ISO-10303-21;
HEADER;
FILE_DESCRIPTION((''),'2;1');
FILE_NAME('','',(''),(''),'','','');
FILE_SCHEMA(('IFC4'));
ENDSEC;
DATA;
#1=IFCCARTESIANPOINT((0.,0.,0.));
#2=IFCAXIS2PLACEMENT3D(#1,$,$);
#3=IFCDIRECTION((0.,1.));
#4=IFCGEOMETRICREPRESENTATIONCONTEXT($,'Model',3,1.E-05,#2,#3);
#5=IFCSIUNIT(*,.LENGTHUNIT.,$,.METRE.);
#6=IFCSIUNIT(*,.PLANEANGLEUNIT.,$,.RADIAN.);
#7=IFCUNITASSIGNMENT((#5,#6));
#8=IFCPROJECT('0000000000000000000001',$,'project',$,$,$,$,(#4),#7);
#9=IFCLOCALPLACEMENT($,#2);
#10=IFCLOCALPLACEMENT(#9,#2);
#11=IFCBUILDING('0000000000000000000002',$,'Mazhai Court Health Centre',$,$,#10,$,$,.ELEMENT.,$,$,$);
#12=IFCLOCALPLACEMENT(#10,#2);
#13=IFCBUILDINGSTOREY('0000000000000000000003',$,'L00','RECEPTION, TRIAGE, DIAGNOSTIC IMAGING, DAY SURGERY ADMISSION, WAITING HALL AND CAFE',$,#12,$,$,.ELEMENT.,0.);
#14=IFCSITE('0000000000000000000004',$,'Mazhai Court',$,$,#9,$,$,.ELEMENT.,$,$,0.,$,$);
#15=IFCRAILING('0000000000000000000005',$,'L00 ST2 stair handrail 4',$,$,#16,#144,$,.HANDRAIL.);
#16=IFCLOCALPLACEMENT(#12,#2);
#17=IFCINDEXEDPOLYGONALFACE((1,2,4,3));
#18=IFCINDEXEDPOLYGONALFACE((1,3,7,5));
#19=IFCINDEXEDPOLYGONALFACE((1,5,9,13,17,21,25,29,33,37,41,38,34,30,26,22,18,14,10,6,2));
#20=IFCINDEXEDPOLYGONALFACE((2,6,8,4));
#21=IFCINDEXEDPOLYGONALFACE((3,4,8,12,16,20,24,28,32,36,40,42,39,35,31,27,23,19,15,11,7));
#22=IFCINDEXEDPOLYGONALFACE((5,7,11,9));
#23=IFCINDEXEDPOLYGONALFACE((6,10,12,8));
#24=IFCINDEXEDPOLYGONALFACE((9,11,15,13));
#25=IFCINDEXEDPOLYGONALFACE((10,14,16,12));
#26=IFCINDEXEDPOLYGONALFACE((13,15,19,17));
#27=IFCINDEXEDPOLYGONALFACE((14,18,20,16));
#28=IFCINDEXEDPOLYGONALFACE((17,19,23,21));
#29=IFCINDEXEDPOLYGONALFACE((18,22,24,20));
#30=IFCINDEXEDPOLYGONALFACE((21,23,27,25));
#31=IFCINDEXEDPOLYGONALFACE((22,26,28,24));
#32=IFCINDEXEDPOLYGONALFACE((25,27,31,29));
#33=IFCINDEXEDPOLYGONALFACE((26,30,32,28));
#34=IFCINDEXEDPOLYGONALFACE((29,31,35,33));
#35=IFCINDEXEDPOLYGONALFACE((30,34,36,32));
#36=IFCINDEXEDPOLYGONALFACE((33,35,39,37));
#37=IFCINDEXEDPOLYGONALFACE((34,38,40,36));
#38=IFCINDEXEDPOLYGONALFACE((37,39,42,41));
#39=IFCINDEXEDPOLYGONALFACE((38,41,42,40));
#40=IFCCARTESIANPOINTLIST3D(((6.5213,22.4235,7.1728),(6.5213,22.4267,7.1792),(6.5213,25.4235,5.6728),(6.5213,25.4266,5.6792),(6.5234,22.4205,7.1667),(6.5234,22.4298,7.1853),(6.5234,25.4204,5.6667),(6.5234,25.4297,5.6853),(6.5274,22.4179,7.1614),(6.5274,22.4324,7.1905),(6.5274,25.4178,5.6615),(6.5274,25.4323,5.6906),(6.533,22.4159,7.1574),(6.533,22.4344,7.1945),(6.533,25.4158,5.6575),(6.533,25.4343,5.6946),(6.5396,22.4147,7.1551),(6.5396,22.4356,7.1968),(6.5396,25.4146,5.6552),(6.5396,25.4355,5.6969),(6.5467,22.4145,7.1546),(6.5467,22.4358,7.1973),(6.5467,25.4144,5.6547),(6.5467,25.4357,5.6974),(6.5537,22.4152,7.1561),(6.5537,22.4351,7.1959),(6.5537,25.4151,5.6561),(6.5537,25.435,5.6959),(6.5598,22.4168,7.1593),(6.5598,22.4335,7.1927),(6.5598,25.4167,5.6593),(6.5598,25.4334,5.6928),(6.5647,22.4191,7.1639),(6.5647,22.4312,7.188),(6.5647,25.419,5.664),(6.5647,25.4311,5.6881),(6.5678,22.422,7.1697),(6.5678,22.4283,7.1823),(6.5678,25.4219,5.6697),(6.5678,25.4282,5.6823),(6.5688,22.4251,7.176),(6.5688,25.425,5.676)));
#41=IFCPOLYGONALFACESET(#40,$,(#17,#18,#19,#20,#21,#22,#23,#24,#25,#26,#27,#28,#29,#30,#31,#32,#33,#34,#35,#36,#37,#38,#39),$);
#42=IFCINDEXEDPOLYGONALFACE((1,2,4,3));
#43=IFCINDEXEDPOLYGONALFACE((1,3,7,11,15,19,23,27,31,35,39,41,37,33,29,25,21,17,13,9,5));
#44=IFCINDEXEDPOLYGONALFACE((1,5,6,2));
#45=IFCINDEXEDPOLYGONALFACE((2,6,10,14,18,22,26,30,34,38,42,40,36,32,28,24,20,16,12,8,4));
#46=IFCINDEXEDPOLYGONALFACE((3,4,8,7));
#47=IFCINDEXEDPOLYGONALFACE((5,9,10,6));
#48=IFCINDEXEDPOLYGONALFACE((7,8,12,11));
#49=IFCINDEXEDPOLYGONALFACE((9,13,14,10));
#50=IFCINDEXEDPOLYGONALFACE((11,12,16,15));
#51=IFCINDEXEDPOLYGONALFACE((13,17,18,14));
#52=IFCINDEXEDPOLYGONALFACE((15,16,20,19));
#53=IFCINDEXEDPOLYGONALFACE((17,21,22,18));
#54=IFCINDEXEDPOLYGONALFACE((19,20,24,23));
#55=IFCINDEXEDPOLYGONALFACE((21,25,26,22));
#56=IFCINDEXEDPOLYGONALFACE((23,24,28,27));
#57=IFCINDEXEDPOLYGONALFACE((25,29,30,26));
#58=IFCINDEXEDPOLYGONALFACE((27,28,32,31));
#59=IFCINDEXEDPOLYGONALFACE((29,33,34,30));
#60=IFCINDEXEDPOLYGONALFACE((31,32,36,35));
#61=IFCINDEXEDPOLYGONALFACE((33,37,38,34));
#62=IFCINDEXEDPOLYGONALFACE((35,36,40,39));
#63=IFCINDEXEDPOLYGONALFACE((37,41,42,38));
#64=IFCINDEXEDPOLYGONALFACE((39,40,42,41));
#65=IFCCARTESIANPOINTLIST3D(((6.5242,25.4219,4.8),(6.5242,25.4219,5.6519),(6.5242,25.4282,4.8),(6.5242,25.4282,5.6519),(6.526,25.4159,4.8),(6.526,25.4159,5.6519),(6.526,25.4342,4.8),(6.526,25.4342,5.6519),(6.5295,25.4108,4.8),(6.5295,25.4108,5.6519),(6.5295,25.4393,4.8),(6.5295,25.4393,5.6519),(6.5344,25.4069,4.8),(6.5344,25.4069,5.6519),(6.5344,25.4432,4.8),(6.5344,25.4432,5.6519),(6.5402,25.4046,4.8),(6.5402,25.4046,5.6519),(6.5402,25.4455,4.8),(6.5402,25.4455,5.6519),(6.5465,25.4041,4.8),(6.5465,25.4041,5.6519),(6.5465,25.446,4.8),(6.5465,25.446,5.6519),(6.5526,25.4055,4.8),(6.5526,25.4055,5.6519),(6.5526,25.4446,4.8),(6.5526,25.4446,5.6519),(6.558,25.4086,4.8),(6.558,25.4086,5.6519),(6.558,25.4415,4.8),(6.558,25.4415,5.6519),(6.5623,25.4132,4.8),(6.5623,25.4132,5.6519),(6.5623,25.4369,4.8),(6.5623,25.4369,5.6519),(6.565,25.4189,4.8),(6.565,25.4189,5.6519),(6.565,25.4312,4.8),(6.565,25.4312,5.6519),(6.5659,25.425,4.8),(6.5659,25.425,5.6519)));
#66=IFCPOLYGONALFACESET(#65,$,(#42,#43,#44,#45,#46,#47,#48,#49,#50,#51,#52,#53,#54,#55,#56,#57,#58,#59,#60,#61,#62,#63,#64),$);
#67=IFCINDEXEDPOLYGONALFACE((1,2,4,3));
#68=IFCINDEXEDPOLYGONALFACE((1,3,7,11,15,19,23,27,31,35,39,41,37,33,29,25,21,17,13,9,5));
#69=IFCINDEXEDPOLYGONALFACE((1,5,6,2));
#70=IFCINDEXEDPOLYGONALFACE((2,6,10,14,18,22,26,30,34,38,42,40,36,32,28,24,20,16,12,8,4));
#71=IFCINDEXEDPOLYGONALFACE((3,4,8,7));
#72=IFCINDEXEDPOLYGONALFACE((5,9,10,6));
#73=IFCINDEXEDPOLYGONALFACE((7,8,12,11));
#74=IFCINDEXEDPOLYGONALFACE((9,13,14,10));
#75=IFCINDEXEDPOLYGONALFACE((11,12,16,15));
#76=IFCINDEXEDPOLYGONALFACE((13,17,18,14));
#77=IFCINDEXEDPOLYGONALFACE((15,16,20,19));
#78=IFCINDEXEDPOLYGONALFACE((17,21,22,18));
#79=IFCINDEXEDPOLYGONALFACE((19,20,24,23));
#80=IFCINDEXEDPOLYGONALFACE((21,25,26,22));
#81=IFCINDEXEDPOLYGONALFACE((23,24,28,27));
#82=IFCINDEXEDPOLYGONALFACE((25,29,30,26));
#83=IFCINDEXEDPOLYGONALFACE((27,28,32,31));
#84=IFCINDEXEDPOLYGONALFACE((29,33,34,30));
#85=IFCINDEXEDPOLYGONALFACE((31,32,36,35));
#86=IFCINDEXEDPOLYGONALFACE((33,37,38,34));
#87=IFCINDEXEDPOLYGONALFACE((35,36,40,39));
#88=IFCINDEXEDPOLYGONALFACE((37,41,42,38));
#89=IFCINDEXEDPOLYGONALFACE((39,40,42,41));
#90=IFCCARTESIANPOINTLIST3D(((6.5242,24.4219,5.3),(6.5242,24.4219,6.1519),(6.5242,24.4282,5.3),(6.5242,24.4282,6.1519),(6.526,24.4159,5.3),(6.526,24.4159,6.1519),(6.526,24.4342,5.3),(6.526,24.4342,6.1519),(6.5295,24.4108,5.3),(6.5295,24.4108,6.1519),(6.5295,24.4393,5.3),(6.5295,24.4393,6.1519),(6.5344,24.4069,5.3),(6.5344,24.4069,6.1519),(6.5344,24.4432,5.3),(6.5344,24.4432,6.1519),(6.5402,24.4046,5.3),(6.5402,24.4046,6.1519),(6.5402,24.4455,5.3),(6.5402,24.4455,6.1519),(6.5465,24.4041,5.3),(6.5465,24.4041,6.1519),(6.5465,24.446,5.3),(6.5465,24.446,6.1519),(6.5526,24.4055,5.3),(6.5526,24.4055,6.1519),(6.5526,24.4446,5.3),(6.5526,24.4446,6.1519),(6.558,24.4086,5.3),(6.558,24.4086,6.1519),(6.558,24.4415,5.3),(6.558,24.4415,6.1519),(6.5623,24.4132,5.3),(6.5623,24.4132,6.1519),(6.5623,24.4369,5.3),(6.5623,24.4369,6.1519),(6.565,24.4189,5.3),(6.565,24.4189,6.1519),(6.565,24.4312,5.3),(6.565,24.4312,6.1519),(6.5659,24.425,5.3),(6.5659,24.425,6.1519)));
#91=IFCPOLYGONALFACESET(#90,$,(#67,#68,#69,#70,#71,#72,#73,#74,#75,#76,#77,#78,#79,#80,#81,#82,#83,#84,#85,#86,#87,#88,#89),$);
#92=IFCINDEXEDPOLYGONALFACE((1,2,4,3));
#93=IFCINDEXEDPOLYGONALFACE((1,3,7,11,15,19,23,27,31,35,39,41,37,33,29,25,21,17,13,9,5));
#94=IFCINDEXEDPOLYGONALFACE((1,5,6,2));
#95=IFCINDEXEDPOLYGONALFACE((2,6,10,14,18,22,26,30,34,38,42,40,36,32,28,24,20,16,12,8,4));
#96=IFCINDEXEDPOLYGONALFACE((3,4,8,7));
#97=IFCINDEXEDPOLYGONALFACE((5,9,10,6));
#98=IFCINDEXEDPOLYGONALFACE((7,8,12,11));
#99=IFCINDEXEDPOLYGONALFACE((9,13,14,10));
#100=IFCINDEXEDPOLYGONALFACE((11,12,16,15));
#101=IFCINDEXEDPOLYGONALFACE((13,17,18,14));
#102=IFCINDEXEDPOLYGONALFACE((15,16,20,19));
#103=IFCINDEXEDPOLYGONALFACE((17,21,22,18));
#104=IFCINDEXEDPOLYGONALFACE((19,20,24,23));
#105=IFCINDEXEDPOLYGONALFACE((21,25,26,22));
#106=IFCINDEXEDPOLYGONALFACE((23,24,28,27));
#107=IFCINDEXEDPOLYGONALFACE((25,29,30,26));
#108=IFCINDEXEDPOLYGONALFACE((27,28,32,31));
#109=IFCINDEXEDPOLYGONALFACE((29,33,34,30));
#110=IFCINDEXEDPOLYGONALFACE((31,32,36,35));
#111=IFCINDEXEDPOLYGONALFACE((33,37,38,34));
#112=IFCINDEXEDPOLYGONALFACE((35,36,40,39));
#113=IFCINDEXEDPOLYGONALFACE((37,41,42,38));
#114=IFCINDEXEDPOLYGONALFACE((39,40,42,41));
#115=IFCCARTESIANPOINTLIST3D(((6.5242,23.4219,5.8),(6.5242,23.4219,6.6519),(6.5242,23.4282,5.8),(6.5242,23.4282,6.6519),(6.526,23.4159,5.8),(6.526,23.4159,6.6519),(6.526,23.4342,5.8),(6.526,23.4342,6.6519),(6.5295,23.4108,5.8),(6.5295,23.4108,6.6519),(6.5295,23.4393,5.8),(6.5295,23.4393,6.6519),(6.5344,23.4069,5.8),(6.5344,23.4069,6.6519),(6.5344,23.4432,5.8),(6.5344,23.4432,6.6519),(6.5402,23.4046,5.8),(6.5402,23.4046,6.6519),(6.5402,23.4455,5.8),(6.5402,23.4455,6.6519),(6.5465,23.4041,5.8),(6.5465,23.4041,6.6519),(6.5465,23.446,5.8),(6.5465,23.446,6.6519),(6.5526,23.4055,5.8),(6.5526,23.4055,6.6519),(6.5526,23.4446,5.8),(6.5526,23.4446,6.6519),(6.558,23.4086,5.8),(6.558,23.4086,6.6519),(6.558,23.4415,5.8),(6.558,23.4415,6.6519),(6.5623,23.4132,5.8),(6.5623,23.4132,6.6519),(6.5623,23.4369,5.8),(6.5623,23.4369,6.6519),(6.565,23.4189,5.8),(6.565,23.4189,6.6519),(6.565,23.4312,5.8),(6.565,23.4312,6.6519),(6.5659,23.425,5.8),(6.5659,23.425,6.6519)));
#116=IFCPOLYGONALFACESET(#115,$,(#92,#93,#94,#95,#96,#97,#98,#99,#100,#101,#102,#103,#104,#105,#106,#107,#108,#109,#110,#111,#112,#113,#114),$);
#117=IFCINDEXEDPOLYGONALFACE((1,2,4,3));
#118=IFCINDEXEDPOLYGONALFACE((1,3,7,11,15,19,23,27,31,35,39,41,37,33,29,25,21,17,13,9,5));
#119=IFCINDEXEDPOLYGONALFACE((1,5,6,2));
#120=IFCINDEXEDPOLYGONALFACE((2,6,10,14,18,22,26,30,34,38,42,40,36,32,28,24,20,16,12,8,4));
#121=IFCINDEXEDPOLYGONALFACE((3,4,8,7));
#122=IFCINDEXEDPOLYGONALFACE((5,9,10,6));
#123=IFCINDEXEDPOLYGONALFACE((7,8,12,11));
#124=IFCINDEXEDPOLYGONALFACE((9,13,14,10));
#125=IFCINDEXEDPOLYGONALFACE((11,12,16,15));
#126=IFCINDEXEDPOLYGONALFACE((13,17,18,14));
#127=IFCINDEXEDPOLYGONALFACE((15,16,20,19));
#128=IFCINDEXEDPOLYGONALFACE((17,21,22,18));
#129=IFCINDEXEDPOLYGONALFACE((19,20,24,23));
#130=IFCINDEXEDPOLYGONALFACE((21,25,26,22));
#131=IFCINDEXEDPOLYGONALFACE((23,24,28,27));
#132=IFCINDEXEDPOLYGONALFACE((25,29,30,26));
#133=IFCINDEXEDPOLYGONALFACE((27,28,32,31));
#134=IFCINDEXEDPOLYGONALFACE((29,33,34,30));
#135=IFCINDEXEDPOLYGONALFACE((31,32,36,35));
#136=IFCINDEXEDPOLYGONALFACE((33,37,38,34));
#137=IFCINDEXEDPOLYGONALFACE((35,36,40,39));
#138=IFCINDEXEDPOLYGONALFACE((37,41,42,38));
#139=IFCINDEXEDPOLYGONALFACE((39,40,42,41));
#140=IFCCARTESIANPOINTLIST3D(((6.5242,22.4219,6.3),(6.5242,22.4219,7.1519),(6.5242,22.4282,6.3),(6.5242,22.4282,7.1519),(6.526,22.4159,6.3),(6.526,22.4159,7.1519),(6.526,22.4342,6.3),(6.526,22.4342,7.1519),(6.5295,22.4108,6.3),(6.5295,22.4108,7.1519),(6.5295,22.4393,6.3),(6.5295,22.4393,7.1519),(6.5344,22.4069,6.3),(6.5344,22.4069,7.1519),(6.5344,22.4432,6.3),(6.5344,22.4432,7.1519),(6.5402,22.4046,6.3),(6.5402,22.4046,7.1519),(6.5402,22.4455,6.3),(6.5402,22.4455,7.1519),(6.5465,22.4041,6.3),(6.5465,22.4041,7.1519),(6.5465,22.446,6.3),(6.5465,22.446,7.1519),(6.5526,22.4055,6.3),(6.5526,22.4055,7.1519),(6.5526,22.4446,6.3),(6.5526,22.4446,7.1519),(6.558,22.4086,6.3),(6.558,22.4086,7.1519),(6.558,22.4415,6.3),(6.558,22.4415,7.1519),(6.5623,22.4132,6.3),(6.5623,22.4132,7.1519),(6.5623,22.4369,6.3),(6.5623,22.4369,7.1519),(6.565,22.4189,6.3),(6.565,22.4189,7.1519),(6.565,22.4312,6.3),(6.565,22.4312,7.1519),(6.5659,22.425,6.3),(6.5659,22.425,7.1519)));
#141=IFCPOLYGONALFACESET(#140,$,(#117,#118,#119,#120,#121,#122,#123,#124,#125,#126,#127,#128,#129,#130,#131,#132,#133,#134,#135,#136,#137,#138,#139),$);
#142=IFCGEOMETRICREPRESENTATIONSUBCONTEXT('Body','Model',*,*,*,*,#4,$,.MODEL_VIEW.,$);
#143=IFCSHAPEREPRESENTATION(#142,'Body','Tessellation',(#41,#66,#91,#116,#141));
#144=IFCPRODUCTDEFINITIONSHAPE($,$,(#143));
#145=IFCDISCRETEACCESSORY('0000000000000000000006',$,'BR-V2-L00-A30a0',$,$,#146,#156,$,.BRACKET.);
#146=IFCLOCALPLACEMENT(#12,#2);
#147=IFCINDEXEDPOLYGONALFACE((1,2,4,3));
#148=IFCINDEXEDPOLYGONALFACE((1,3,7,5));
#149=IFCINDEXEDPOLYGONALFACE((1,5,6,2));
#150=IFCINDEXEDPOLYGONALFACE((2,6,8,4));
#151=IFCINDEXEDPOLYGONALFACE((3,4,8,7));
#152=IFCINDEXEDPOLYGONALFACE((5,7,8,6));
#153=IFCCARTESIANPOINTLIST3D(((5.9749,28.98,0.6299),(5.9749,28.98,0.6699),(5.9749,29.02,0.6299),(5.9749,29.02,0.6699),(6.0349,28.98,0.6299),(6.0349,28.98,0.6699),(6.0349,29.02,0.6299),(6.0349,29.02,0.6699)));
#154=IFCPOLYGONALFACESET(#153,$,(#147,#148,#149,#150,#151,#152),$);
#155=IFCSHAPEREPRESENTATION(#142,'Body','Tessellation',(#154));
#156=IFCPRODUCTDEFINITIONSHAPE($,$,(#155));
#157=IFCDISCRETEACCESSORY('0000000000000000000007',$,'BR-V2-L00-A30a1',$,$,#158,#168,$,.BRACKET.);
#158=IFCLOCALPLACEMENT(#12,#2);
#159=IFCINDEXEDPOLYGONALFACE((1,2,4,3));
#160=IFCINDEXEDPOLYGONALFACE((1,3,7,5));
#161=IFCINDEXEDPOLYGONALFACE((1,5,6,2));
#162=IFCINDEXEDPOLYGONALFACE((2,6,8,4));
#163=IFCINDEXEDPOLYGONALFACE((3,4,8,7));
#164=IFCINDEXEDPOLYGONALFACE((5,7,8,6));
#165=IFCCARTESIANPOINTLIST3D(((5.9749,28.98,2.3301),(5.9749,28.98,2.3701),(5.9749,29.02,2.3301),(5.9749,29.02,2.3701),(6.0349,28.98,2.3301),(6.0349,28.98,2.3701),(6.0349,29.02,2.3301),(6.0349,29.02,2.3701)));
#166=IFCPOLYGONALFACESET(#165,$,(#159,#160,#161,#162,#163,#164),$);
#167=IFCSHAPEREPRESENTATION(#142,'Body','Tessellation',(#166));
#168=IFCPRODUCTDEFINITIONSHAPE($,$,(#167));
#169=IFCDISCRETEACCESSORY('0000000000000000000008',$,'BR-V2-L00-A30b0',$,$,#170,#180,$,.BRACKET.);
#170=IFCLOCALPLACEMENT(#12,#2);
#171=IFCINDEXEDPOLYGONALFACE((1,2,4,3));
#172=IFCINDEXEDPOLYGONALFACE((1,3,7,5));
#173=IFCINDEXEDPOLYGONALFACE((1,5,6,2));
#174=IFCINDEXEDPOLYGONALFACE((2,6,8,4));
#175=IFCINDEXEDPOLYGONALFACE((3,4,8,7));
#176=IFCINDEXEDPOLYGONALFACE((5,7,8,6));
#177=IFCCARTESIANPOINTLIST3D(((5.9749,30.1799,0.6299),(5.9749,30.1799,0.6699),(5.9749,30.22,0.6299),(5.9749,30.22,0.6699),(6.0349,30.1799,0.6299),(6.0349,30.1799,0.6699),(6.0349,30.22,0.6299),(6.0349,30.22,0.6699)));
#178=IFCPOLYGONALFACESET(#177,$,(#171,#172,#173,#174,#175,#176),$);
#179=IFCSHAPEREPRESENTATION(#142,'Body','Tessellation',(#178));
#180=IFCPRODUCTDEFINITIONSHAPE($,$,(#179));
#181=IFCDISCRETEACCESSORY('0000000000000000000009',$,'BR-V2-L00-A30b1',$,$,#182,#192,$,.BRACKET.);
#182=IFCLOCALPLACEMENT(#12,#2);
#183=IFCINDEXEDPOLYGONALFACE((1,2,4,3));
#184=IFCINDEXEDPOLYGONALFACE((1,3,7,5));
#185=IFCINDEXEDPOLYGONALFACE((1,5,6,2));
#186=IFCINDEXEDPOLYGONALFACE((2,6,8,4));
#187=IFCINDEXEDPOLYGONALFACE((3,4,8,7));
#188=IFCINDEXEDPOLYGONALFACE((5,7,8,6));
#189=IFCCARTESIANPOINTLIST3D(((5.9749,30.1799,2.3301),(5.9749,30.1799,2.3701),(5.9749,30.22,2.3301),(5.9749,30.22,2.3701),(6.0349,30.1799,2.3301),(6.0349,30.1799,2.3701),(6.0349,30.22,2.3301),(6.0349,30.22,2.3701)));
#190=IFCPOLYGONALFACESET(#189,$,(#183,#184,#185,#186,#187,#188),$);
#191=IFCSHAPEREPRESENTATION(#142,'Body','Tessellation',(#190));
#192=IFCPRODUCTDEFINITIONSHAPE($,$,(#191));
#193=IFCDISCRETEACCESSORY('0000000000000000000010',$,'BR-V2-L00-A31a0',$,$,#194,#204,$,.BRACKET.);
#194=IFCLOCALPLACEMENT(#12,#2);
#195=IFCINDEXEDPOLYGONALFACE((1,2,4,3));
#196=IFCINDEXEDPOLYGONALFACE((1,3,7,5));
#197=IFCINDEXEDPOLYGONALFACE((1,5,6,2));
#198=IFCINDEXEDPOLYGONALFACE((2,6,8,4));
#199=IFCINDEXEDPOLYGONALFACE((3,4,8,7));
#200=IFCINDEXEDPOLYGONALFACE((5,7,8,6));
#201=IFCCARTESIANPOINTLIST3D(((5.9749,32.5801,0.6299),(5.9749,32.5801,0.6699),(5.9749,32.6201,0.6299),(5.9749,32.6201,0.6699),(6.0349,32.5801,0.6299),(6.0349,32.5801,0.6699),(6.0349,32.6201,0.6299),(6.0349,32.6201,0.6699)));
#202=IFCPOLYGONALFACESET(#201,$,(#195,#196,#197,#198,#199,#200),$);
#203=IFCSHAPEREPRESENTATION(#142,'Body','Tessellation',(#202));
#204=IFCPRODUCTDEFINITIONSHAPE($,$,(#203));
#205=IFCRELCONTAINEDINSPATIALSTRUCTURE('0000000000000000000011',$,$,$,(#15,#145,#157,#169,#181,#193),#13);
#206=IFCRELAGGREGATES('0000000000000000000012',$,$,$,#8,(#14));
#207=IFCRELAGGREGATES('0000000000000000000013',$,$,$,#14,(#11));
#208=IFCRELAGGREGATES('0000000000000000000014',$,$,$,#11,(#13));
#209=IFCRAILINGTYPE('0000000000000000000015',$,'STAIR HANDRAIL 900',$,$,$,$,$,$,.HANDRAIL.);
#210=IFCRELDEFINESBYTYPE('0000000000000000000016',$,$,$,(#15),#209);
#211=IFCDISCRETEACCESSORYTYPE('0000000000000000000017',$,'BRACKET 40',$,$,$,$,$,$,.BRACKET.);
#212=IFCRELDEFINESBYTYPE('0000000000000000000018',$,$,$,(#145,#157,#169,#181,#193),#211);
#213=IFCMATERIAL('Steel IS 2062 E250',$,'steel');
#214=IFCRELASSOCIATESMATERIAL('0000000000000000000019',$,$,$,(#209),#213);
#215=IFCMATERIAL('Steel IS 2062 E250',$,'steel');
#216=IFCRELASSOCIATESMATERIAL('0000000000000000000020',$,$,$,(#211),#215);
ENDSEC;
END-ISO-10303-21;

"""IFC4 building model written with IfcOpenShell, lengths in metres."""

from ifc_helpers import new_model, si_unit, direction, frame, origin, origin_2d, place, context, subcontext, project, spatial, rectangle, circle, extrude, material, type_object, element, save


model = new_model("IFC4")

# Units and contexts
model_context = context("Model", 3, precision=1e-05, world=origin(), true_north=direction((0.0, 1.0)))
body_context = subcontext(model_context, "Body", "Model", "MODEL_VIEW")
ifc_project = project(units=[si_unit("LENGTHUNIT", "METRE"), si_unit("PLANEANGLEUNIT", "RADIAN")], contexts=[model_context])

# Site, building, storey
site_placement = place(None, origin())
site = spatial("IfcSite", under=ifc_project, at=site_placement, Name="Mazhai Court", CompositionType="ELEMENT", RefElevation=0.0)
building_placement = place(site_placement, origin())
building = spatial("IfcBuilding", under=site, at=building_placement, Name="Mazhai Court Health Centre", CompositionType="ELEMENT")
storey_placement = place(building_placement, origin())
storey = spatial("IfcBuildingStorey", under=building, at=storey_placement, Name="L00", Description="RECEPTION, TRIAGE, DIAGNOSTIC IMAGING, DAY SURGERY ADMISSION, WAITING HALL AND CAFE", CompositionType="ELEMENT", Elevation=0.0)

# Railing
ifc_material_1 = material(Name="Steel IS 2062 E250", Category="steel")
railing_type_1 = type_object("IfcRailingType", Name="STAIR HANDRAIL 900", PredefinedType="HANDRAIL", material=ifc_material_1)
railing_1_placement = place(storey_placement, frame((6.5449, 25.425, 4.8)))
element("IfcRailing", 1, at=railing_1_placement, inside=storey, type_object=railing_type_1, Name="L00 ST2 stair handrail 4", PredefinedType="HANDRAIL", context=body_context, shape_type="SweptSolid", body=[
    extrude(circle(Radius=0.0239, at=origin_2d()), frame((0.0, 0.0, 0.876), z_axis=(0.0, -0.894427, 0.447214), x_axis=(1.0, 0.0, 0.0)), (0.0, 0.0, 1.0), 3.354),
    extrude(circle(Radius=0.021, at=origin_2d()), origin(), (0.0, 0.0, 1.0), 0.8518),
    extrude(circle(Radius=0.021, at=origin_2d()), frame((0.0, -1.0, 0.5)), (0.0, 0.0, 1.0), 0.8518),
    extrude(circle(Radius=0.021, at=origin_2d()), frame((0.0, -2.0, 1.0)), (0.0, 0.0, 1.0), 0.8518),
    extrude(circle(Radius=0.021, at=origin_2d()), frame((0.0, -3.0, 1.5)), (0.0, 0.0, 1.0), 0.8518),
])

# Discrete accessories
ifc_material_2 = material(Name="Steel IS 2062 E250", Category="steel")
discrete_accessory_type = type_object("IfcDiscreteAccessoryType", Name="BRACKET 40", PredefinedType="BRACKET", material=ifc_material_2)
for number, where, z_axis, x_axis, name in (
    (2, (6.0049, 29.0, 0.6299), (0.0, 0.0, 1.0), (0.0, 1.0, 0.0), "BR-V2-L00-A30a0"),
    (3, (6.0049, 29.0, 2.3301), (0.0, 0.0, 1.0), (0.0, 1.0, 0.0), "BR-V2-L00-A30a1"),
    (4, (6.0049, 30.2, 0.6299), (0.0, 0.0, 1.0), (0.0, 1.0, 0.0), "BR-V2-L00-A30b0"),
    (5, (6.0049, 30.2, 2.3301), (0.0, 0.0, 1.0), (0.0, 1.0, 0.0), "BR-V2-L00-A30b1"),
    (6, (6.0049, 32.6001, 0.6299), (0.0, 0.0, 1.0), (0.0, 1.0, 0.0), "BR-V2-L00-A31a0"),
):
    element("IfcDiscreteAccessory", number, at=place(storey_placement, frame(where, z_axis=z_axis, x_axis=x_axis)), inside=storey, type_object=discrete_accessory_type, Name=name, PredefinedType="BRACKET", context=body_context, shape_type="SweptSolid", body=[
        extrude(rectangle(XDim=0.04, YDim=0.0601, at=origin_2d()), origin(), (0.0, 0.0, 1.0), 0.04),
    ])

save(model, "model.ifc")
